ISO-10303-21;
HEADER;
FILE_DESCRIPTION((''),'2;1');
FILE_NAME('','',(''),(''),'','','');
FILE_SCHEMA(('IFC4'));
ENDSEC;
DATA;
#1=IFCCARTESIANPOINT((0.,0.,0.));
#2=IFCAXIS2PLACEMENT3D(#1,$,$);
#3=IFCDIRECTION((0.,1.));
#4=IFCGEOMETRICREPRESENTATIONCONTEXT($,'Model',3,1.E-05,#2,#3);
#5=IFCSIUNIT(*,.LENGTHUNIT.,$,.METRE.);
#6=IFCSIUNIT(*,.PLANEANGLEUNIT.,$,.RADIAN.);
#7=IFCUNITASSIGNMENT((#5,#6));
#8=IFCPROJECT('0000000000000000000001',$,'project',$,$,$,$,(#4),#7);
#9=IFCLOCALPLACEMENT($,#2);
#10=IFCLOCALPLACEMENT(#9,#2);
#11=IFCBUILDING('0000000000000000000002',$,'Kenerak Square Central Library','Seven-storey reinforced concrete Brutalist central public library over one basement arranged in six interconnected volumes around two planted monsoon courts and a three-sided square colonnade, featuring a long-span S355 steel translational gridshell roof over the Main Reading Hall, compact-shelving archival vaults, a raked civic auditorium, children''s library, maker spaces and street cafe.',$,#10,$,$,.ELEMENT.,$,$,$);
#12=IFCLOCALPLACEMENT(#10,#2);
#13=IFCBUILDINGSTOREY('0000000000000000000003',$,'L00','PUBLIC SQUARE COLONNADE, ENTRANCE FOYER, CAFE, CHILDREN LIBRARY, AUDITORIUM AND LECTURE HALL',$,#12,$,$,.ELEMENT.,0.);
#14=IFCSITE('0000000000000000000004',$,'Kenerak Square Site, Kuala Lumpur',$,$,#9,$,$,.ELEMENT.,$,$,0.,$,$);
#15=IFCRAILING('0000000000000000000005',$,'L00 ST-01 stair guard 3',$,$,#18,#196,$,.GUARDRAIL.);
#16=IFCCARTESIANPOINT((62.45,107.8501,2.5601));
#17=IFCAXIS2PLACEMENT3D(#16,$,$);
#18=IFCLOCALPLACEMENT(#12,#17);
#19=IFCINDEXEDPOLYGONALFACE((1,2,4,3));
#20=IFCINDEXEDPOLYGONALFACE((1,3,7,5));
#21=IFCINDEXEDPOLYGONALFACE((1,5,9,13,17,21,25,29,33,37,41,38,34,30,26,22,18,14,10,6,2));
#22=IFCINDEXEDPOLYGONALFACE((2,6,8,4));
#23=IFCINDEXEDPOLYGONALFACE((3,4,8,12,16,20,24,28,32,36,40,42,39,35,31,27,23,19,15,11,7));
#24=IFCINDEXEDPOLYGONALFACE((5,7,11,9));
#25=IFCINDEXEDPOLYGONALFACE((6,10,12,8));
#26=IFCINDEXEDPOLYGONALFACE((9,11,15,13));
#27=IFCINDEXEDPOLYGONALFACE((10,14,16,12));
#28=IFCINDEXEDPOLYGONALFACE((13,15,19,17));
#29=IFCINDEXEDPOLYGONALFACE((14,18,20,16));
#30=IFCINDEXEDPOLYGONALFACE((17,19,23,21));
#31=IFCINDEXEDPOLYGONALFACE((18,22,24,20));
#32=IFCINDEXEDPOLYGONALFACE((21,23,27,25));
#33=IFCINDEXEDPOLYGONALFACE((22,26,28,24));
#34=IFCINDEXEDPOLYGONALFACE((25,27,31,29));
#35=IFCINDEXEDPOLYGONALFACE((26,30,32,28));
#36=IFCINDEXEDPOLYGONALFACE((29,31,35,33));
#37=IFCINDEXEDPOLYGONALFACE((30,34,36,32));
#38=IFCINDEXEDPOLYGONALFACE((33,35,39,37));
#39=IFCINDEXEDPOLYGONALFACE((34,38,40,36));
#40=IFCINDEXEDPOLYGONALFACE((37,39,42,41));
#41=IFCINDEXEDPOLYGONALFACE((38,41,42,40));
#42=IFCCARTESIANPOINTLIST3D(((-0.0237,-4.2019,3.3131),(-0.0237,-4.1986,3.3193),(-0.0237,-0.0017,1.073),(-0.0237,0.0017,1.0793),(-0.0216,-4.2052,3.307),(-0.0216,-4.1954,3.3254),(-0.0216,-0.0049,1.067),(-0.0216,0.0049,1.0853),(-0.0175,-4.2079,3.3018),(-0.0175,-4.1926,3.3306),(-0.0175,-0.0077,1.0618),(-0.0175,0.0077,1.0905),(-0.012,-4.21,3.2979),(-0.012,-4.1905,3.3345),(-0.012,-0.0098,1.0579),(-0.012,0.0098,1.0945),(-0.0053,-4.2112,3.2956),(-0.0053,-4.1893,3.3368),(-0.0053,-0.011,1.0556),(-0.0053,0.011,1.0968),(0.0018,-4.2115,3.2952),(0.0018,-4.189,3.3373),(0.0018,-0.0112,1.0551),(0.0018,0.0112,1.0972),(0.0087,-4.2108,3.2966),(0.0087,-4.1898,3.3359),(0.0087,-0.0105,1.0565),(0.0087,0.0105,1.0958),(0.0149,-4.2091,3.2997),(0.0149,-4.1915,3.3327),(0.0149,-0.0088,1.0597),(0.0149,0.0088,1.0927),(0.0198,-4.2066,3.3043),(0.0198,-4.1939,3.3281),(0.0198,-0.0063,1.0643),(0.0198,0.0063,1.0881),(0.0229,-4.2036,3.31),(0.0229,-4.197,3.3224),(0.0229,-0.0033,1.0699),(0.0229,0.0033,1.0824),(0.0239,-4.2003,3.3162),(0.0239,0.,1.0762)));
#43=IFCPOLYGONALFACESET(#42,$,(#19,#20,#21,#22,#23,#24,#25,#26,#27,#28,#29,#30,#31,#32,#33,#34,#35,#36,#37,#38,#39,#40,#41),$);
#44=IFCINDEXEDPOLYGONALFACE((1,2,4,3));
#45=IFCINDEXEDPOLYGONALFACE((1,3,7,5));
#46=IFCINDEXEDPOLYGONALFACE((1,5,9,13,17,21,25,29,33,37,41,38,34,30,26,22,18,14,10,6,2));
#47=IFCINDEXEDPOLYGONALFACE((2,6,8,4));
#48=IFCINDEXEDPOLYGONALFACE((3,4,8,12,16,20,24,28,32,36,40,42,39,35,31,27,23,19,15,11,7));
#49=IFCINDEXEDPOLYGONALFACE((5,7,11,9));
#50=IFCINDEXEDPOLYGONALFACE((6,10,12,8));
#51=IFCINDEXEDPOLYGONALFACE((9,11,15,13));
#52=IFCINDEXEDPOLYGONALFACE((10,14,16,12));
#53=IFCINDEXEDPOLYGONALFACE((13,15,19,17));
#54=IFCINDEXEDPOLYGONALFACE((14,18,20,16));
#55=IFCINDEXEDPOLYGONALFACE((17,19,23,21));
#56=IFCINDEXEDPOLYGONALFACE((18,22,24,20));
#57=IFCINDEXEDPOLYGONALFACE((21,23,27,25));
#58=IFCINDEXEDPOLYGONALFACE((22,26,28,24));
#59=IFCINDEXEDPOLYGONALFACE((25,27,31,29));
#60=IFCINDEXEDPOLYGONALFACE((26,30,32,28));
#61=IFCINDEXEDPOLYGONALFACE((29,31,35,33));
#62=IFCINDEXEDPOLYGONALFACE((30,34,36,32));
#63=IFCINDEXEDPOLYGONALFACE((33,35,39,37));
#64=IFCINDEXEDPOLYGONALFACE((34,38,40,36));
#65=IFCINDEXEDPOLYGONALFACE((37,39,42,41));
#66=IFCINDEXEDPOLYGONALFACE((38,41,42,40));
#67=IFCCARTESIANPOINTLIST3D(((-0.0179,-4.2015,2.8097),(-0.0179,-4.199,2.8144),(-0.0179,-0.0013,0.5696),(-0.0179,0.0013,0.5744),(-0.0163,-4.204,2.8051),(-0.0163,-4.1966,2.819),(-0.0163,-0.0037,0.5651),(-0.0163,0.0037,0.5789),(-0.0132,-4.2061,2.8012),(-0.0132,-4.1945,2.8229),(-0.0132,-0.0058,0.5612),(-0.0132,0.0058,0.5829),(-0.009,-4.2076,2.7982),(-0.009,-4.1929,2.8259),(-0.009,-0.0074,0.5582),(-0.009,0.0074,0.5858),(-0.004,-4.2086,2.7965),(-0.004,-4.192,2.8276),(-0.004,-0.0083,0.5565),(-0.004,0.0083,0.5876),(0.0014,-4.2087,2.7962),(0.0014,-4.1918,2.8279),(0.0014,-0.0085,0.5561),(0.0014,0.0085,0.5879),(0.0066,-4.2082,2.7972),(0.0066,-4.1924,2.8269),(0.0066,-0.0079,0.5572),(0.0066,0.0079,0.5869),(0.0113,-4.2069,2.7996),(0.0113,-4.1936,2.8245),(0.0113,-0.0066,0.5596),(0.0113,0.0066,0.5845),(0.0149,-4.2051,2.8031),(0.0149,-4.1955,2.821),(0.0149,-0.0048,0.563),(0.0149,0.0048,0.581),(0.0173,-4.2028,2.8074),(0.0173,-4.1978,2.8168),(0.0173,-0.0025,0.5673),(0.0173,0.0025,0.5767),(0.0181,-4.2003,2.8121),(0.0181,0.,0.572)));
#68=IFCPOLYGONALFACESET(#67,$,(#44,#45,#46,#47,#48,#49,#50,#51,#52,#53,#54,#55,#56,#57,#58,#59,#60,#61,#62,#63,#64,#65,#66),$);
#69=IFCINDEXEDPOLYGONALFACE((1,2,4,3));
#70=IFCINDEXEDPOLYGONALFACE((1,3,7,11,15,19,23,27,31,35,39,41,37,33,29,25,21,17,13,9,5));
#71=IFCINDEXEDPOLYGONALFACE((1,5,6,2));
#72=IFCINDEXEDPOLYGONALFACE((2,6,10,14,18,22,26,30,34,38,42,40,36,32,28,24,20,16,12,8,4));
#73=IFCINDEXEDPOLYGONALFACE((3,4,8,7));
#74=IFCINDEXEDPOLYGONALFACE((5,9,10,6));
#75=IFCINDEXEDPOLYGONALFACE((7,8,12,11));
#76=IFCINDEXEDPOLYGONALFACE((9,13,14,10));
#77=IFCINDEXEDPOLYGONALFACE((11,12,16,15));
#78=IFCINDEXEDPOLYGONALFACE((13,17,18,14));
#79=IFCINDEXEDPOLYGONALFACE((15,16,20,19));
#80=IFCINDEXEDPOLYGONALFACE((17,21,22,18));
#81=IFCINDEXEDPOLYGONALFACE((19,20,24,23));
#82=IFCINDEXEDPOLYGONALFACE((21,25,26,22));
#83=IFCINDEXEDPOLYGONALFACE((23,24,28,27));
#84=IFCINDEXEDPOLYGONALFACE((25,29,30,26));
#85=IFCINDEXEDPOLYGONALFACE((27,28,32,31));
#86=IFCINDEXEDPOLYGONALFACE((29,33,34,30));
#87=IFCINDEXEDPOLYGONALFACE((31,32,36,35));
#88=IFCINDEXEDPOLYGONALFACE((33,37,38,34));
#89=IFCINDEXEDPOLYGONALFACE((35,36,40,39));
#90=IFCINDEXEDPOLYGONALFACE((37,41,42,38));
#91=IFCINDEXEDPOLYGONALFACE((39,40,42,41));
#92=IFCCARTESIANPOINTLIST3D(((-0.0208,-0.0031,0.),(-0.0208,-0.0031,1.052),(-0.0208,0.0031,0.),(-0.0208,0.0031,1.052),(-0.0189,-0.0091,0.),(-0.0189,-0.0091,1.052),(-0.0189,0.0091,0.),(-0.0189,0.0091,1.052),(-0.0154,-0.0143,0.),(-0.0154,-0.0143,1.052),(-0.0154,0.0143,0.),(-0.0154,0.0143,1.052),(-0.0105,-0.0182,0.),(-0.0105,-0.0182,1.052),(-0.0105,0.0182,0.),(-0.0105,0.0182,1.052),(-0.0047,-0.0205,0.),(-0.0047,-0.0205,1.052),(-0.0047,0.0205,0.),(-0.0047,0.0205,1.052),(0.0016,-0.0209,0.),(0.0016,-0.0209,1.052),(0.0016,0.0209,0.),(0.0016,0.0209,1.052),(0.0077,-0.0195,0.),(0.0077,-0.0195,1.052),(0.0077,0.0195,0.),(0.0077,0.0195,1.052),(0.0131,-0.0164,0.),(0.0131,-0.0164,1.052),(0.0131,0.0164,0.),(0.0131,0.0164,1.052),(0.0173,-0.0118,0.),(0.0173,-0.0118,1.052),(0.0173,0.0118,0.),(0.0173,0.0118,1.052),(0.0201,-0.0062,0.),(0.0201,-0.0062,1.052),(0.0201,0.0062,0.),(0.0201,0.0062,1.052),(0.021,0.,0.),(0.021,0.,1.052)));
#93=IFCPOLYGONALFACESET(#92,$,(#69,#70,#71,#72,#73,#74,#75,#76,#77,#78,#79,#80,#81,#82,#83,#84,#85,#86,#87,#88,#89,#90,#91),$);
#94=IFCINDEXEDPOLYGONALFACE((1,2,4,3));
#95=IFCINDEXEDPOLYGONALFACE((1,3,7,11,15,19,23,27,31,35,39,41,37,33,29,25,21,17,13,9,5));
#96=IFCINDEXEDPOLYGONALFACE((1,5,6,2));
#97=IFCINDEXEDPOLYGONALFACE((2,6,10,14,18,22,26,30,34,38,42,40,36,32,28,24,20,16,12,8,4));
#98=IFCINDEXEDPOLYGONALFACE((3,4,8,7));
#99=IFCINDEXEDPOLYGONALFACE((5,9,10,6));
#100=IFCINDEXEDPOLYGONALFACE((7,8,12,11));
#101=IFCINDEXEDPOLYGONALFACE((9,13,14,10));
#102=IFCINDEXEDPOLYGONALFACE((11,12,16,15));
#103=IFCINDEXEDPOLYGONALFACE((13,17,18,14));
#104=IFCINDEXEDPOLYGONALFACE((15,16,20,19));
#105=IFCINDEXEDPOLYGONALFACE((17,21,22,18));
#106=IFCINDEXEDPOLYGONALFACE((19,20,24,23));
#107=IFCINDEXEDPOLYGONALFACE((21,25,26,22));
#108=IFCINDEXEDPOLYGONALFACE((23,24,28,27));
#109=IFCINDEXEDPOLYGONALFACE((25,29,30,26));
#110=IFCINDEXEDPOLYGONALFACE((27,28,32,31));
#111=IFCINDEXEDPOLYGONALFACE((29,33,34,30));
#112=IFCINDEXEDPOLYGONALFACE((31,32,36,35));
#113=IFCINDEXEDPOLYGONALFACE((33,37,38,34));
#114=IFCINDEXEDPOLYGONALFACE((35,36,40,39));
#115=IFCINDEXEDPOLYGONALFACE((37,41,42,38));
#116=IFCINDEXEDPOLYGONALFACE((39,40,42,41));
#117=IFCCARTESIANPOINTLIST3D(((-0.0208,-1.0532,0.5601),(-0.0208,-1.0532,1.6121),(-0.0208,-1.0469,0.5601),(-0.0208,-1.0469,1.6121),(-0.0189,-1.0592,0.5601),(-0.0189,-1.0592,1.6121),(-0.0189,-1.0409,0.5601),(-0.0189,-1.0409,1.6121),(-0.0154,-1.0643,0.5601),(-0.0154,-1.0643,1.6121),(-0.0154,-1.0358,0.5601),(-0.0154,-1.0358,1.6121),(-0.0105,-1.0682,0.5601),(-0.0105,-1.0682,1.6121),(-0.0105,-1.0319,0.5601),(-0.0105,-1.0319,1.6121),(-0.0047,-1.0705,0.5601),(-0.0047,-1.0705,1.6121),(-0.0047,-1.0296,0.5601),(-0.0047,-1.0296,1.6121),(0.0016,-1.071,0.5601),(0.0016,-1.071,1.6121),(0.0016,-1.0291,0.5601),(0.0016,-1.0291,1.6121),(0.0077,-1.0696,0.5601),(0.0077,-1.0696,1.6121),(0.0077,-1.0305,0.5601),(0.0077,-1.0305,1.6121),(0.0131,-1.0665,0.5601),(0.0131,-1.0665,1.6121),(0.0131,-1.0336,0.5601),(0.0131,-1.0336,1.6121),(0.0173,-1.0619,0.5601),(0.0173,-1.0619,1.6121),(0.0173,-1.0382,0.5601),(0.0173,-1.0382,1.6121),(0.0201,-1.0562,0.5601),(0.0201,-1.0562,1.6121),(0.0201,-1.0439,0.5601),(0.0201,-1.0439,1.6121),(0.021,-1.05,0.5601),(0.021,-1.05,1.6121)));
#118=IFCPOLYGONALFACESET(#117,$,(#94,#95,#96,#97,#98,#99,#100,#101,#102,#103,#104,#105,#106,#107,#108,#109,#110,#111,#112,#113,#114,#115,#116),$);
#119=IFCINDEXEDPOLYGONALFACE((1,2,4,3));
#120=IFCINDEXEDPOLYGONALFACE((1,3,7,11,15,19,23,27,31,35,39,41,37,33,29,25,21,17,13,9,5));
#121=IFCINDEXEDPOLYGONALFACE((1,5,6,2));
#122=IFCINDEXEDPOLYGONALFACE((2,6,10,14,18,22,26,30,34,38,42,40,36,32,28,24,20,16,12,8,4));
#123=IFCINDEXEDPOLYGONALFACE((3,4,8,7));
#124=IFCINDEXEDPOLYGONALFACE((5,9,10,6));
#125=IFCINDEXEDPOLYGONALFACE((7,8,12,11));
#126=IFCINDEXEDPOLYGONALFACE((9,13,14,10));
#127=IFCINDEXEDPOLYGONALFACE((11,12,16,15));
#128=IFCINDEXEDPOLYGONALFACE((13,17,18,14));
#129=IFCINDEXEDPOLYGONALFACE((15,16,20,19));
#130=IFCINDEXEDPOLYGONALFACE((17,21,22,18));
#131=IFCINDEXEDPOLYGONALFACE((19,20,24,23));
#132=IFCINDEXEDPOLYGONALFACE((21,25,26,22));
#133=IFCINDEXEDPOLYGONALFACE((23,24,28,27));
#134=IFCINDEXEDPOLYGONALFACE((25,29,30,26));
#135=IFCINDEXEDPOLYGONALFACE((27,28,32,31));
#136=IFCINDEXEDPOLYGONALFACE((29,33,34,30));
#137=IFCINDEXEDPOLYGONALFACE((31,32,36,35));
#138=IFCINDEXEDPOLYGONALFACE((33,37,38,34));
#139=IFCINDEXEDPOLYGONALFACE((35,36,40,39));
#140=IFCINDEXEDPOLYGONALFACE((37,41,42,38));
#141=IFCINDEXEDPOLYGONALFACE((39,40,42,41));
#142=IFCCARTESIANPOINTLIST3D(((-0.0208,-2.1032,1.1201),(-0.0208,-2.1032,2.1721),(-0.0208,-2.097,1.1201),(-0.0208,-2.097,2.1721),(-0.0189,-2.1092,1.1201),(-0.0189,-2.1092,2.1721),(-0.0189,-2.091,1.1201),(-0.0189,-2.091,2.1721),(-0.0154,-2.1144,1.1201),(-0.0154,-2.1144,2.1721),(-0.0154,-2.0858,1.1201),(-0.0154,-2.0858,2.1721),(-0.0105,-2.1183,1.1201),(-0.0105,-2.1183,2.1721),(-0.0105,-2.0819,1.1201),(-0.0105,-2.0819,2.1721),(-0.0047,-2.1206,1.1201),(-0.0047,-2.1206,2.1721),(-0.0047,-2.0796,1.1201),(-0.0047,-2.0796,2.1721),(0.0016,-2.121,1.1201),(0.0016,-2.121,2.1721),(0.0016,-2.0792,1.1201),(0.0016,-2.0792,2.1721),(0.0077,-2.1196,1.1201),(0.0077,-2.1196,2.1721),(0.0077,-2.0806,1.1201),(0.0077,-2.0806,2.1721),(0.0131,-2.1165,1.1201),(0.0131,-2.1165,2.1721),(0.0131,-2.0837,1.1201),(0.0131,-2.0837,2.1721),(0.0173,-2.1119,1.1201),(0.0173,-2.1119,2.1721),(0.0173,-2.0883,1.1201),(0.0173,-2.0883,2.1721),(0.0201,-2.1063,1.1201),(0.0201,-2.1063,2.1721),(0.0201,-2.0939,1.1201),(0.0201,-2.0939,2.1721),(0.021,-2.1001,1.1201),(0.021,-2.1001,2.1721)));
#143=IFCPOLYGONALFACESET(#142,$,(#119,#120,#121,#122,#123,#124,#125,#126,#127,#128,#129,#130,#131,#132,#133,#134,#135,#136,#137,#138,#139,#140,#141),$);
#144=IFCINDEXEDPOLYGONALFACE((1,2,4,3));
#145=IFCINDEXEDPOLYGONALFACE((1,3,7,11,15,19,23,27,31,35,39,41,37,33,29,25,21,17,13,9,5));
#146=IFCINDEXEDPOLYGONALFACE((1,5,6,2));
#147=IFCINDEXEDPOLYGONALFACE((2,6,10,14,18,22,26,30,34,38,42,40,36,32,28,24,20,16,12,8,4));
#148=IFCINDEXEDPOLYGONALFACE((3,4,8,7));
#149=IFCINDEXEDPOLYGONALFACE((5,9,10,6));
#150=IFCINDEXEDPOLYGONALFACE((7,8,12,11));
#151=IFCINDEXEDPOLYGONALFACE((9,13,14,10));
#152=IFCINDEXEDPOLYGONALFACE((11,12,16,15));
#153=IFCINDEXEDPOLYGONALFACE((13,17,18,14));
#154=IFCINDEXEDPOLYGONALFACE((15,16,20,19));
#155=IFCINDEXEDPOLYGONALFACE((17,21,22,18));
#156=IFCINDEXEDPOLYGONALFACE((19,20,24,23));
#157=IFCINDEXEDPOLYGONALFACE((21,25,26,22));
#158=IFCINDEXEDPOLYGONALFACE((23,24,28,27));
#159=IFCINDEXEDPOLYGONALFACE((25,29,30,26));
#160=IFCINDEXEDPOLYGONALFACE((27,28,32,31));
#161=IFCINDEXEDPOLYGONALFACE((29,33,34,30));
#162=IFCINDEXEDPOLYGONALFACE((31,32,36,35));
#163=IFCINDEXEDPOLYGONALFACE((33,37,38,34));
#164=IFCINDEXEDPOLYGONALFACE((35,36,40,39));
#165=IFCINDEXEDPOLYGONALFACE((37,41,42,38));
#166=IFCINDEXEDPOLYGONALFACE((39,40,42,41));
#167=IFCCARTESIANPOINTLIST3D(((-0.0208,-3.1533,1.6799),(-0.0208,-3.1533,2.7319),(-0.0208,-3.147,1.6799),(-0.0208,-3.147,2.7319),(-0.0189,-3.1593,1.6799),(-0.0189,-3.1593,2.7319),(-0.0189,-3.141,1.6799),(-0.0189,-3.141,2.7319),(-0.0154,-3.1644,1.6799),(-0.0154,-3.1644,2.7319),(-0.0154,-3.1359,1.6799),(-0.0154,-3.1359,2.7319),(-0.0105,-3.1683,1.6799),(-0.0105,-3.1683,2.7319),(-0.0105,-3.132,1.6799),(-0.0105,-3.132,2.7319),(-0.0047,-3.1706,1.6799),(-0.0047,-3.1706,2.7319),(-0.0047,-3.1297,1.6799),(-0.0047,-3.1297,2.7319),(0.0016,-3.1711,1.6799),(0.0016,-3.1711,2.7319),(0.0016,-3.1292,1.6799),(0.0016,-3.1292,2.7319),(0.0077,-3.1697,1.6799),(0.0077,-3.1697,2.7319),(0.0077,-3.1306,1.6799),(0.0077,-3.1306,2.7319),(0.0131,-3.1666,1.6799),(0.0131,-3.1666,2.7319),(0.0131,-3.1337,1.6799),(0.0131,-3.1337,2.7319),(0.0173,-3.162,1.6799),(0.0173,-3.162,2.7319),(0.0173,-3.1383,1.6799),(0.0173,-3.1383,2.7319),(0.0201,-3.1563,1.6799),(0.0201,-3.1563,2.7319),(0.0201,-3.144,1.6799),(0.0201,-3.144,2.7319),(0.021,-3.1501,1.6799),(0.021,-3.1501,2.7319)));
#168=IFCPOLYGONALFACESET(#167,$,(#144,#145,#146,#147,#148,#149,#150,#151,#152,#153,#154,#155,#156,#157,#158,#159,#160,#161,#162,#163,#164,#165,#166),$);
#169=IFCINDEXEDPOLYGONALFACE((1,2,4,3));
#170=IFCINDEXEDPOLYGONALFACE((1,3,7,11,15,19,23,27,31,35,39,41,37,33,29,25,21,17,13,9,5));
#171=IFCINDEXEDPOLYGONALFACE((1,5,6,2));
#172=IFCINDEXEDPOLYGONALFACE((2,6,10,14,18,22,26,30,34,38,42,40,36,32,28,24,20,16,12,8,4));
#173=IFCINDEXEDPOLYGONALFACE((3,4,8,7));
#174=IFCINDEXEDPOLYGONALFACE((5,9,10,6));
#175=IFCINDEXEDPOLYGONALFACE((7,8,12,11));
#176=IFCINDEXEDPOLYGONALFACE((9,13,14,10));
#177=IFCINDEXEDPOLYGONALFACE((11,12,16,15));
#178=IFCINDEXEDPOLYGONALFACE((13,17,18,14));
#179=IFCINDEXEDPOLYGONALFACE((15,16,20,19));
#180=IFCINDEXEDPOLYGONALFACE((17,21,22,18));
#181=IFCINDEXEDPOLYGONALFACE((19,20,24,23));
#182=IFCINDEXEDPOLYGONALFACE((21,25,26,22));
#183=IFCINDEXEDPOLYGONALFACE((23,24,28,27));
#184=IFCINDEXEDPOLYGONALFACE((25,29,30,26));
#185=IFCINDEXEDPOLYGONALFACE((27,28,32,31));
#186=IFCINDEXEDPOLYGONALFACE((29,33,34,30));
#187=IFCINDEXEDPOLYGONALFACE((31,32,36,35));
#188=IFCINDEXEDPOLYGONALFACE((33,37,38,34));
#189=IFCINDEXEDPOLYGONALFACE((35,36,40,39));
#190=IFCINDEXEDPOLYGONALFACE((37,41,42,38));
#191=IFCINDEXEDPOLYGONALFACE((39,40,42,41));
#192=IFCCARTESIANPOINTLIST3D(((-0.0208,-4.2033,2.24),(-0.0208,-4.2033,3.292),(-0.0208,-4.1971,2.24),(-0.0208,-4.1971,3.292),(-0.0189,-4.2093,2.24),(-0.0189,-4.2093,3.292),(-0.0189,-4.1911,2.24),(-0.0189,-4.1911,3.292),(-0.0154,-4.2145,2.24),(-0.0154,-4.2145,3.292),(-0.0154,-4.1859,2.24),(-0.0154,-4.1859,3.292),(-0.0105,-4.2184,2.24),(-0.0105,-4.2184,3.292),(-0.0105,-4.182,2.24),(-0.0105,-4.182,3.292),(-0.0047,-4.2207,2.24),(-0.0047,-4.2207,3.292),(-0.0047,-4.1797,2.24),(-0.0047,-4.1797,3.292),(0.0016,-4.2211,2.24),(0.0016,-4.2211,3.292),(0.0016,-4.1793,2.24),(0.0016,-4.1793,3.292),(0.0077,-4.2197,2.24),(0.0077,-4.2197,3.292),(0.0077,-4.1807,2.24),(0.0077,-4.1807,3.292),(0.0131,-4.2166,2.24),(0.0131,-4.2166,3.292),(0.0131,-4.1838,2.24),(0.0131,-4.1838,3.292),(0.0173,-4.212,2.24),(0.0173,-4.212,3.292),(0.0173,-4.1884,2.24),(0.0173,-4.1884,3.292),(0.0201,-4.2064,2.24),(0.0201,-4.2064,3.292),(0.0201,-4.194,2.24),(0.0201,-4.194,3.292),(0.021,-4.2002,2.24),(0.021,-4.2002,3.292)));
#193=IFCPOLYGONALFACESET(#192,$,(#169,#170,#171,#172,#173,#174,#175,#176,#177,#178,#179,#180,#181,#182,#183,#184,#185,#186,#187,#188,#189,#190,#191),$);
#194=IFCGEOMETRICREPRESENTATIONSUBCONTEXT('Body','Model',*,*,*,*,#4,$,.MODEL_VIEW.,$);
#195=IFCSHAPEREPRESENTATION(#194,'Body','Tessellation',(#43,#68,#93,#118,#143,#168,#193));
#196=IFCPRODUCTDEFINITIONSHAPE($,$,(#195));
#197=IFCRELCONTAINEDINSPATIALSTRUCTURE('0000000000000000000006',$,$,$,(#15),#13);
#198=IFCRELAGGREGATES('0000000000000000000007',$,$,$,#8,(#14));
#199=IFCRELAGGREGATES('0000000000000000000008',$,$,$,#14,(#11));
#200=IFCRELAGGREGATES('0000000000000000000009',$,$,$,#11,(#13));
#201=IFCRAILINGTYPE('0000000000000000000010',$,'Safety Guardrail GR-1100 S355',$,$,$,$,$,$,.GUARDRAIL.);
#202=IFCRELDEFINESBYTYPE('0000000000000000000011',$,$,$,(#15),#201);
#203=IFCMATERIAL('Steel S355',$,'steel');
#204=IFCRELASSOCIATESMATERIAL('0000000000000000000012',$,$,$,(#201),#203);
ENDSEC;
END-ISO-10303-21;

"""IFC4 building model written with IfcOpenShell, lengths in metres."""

from ifc_helpers import new_model, si_unit, direction, frame, origin, origin_2d, place, context, subcontext, project, spatial, circle, extrude, material, type_object, element, save


model = new_model("IFC4")

# Units and contexts
model_context = context("Model", 3, precision=1e-05, world=origin(), true_north=direction((0.0, 1.0)))
body_context = subcontext(model_context, "Body", "Model", "MODEL_VIEW")
ifc_project = project(units=[si_unit("LENGTHUNIT", "METRE"), si_unit("PLANEANGLEUNIT", "RADIAN")], contexts=[model_context])

# Site, building, storey
site_placement = place(None, origin())
site = spatial("IfcSite", under=ifc_project, at=site_placement, Name="Kenerak Square Site, Kuala Lumpur", CompositionType="ELEMENT", RefElevation=0.0)
building_placement = place(site_placement, origin())
building = spatial("IfcBuilding", under=site, at=building_placement, Name="Kenerak Square Central Library", Description="Seven-storey reinforced concrete Brutalist central public library over one basement arranged in six interconnected volumes around two planted monsoon courts and a three-sided square colonnade, featuring a long-span S355 steel translational gridshell roof over the Main Reading Hall, compact-shelving archival vaults, a raked civic auditorium, children's library, maker spaces and street cafe.", CompositionType="ELEMENT")
storey_placement = place(building_placement, origin())
storey = spatial("IfcBuildingStorey", under=building, at=storey_placement, Name="L00", Description="PUBLIC SQUARE COLONNADE, ENTRANCE FOYER, CAFE, CHILDREN LIBRARY, AUDITORIUM AND LECTURE HALL", CompositionType="ELEMENT", Elevation=0.0)

# Shared definitions
ifc_material_1 = material(Name="Steel S355", Category="steel")

# Railing
railing_type_1 = type_object("IfcRailingType", Name="Safety Guardrail GR-1100 S355", PredefinedType="GUARDRAIL", material=ifc_material_1)
railing_1_placement = place(storey_placement, frame((62.45, 107.8501, 2.5601)))
element("IfcRailing", 1, at=railing_1_placement, inside=storey, type_object=railing_type_1, Name="L00 ST-01 stair guard 3", PredefinedType="GUARDRAIL", context=body_context, shape_type="SweptSolid", body=[
    extrude(circle(Radius=0.0239, at=origin_2d()), frame((0.0, 0.0, 1.0762), z_axis=(0.0, -0.882363, 0.47057), x_axis=(1.0, 0.0, 0.0)), (0.0, 0.0, 1.0), 4.7603),
    extrude(circle(Radius=0.0181, at=origin_2d()), frame((0.0, 0.0, 0.572), z_axis=(0.0, -0.882363, 0.47057), x_axis=(1.0, 0.0, 0.0)), (0.0, 0.0, 1.0), 4.7603),
    extrude(circle(Radius=0.021, at=origin_2d()), origin(), (0.0, 0.0, 1.0), 1.052),
    extrude(circle(Radius=0.021, at=origin_2d()), frame((0.0, -1.05, 0.5601)), (0.0, 0.0, 1.0), 1.052),
    extrude(circle(Radius=0.021, at=origin_2d()), frame((0.0, -2.1001, 1.1201)), (0.0, 0.0, 1.0), 1.052),
    extrude(circle(Radius=0.021, at=origin_2d()), frame((0.0, -3.1501, 1.6799)), (0.0, 0.0, 1.0), 1.052),
    extrude(circle(Radius=0.021, at=origin_2d()), frame((0.0, -4.2002, 2.24)), (0.0, 0.0, 1.0), 1.052),
])

save(model, "model.ifc")
